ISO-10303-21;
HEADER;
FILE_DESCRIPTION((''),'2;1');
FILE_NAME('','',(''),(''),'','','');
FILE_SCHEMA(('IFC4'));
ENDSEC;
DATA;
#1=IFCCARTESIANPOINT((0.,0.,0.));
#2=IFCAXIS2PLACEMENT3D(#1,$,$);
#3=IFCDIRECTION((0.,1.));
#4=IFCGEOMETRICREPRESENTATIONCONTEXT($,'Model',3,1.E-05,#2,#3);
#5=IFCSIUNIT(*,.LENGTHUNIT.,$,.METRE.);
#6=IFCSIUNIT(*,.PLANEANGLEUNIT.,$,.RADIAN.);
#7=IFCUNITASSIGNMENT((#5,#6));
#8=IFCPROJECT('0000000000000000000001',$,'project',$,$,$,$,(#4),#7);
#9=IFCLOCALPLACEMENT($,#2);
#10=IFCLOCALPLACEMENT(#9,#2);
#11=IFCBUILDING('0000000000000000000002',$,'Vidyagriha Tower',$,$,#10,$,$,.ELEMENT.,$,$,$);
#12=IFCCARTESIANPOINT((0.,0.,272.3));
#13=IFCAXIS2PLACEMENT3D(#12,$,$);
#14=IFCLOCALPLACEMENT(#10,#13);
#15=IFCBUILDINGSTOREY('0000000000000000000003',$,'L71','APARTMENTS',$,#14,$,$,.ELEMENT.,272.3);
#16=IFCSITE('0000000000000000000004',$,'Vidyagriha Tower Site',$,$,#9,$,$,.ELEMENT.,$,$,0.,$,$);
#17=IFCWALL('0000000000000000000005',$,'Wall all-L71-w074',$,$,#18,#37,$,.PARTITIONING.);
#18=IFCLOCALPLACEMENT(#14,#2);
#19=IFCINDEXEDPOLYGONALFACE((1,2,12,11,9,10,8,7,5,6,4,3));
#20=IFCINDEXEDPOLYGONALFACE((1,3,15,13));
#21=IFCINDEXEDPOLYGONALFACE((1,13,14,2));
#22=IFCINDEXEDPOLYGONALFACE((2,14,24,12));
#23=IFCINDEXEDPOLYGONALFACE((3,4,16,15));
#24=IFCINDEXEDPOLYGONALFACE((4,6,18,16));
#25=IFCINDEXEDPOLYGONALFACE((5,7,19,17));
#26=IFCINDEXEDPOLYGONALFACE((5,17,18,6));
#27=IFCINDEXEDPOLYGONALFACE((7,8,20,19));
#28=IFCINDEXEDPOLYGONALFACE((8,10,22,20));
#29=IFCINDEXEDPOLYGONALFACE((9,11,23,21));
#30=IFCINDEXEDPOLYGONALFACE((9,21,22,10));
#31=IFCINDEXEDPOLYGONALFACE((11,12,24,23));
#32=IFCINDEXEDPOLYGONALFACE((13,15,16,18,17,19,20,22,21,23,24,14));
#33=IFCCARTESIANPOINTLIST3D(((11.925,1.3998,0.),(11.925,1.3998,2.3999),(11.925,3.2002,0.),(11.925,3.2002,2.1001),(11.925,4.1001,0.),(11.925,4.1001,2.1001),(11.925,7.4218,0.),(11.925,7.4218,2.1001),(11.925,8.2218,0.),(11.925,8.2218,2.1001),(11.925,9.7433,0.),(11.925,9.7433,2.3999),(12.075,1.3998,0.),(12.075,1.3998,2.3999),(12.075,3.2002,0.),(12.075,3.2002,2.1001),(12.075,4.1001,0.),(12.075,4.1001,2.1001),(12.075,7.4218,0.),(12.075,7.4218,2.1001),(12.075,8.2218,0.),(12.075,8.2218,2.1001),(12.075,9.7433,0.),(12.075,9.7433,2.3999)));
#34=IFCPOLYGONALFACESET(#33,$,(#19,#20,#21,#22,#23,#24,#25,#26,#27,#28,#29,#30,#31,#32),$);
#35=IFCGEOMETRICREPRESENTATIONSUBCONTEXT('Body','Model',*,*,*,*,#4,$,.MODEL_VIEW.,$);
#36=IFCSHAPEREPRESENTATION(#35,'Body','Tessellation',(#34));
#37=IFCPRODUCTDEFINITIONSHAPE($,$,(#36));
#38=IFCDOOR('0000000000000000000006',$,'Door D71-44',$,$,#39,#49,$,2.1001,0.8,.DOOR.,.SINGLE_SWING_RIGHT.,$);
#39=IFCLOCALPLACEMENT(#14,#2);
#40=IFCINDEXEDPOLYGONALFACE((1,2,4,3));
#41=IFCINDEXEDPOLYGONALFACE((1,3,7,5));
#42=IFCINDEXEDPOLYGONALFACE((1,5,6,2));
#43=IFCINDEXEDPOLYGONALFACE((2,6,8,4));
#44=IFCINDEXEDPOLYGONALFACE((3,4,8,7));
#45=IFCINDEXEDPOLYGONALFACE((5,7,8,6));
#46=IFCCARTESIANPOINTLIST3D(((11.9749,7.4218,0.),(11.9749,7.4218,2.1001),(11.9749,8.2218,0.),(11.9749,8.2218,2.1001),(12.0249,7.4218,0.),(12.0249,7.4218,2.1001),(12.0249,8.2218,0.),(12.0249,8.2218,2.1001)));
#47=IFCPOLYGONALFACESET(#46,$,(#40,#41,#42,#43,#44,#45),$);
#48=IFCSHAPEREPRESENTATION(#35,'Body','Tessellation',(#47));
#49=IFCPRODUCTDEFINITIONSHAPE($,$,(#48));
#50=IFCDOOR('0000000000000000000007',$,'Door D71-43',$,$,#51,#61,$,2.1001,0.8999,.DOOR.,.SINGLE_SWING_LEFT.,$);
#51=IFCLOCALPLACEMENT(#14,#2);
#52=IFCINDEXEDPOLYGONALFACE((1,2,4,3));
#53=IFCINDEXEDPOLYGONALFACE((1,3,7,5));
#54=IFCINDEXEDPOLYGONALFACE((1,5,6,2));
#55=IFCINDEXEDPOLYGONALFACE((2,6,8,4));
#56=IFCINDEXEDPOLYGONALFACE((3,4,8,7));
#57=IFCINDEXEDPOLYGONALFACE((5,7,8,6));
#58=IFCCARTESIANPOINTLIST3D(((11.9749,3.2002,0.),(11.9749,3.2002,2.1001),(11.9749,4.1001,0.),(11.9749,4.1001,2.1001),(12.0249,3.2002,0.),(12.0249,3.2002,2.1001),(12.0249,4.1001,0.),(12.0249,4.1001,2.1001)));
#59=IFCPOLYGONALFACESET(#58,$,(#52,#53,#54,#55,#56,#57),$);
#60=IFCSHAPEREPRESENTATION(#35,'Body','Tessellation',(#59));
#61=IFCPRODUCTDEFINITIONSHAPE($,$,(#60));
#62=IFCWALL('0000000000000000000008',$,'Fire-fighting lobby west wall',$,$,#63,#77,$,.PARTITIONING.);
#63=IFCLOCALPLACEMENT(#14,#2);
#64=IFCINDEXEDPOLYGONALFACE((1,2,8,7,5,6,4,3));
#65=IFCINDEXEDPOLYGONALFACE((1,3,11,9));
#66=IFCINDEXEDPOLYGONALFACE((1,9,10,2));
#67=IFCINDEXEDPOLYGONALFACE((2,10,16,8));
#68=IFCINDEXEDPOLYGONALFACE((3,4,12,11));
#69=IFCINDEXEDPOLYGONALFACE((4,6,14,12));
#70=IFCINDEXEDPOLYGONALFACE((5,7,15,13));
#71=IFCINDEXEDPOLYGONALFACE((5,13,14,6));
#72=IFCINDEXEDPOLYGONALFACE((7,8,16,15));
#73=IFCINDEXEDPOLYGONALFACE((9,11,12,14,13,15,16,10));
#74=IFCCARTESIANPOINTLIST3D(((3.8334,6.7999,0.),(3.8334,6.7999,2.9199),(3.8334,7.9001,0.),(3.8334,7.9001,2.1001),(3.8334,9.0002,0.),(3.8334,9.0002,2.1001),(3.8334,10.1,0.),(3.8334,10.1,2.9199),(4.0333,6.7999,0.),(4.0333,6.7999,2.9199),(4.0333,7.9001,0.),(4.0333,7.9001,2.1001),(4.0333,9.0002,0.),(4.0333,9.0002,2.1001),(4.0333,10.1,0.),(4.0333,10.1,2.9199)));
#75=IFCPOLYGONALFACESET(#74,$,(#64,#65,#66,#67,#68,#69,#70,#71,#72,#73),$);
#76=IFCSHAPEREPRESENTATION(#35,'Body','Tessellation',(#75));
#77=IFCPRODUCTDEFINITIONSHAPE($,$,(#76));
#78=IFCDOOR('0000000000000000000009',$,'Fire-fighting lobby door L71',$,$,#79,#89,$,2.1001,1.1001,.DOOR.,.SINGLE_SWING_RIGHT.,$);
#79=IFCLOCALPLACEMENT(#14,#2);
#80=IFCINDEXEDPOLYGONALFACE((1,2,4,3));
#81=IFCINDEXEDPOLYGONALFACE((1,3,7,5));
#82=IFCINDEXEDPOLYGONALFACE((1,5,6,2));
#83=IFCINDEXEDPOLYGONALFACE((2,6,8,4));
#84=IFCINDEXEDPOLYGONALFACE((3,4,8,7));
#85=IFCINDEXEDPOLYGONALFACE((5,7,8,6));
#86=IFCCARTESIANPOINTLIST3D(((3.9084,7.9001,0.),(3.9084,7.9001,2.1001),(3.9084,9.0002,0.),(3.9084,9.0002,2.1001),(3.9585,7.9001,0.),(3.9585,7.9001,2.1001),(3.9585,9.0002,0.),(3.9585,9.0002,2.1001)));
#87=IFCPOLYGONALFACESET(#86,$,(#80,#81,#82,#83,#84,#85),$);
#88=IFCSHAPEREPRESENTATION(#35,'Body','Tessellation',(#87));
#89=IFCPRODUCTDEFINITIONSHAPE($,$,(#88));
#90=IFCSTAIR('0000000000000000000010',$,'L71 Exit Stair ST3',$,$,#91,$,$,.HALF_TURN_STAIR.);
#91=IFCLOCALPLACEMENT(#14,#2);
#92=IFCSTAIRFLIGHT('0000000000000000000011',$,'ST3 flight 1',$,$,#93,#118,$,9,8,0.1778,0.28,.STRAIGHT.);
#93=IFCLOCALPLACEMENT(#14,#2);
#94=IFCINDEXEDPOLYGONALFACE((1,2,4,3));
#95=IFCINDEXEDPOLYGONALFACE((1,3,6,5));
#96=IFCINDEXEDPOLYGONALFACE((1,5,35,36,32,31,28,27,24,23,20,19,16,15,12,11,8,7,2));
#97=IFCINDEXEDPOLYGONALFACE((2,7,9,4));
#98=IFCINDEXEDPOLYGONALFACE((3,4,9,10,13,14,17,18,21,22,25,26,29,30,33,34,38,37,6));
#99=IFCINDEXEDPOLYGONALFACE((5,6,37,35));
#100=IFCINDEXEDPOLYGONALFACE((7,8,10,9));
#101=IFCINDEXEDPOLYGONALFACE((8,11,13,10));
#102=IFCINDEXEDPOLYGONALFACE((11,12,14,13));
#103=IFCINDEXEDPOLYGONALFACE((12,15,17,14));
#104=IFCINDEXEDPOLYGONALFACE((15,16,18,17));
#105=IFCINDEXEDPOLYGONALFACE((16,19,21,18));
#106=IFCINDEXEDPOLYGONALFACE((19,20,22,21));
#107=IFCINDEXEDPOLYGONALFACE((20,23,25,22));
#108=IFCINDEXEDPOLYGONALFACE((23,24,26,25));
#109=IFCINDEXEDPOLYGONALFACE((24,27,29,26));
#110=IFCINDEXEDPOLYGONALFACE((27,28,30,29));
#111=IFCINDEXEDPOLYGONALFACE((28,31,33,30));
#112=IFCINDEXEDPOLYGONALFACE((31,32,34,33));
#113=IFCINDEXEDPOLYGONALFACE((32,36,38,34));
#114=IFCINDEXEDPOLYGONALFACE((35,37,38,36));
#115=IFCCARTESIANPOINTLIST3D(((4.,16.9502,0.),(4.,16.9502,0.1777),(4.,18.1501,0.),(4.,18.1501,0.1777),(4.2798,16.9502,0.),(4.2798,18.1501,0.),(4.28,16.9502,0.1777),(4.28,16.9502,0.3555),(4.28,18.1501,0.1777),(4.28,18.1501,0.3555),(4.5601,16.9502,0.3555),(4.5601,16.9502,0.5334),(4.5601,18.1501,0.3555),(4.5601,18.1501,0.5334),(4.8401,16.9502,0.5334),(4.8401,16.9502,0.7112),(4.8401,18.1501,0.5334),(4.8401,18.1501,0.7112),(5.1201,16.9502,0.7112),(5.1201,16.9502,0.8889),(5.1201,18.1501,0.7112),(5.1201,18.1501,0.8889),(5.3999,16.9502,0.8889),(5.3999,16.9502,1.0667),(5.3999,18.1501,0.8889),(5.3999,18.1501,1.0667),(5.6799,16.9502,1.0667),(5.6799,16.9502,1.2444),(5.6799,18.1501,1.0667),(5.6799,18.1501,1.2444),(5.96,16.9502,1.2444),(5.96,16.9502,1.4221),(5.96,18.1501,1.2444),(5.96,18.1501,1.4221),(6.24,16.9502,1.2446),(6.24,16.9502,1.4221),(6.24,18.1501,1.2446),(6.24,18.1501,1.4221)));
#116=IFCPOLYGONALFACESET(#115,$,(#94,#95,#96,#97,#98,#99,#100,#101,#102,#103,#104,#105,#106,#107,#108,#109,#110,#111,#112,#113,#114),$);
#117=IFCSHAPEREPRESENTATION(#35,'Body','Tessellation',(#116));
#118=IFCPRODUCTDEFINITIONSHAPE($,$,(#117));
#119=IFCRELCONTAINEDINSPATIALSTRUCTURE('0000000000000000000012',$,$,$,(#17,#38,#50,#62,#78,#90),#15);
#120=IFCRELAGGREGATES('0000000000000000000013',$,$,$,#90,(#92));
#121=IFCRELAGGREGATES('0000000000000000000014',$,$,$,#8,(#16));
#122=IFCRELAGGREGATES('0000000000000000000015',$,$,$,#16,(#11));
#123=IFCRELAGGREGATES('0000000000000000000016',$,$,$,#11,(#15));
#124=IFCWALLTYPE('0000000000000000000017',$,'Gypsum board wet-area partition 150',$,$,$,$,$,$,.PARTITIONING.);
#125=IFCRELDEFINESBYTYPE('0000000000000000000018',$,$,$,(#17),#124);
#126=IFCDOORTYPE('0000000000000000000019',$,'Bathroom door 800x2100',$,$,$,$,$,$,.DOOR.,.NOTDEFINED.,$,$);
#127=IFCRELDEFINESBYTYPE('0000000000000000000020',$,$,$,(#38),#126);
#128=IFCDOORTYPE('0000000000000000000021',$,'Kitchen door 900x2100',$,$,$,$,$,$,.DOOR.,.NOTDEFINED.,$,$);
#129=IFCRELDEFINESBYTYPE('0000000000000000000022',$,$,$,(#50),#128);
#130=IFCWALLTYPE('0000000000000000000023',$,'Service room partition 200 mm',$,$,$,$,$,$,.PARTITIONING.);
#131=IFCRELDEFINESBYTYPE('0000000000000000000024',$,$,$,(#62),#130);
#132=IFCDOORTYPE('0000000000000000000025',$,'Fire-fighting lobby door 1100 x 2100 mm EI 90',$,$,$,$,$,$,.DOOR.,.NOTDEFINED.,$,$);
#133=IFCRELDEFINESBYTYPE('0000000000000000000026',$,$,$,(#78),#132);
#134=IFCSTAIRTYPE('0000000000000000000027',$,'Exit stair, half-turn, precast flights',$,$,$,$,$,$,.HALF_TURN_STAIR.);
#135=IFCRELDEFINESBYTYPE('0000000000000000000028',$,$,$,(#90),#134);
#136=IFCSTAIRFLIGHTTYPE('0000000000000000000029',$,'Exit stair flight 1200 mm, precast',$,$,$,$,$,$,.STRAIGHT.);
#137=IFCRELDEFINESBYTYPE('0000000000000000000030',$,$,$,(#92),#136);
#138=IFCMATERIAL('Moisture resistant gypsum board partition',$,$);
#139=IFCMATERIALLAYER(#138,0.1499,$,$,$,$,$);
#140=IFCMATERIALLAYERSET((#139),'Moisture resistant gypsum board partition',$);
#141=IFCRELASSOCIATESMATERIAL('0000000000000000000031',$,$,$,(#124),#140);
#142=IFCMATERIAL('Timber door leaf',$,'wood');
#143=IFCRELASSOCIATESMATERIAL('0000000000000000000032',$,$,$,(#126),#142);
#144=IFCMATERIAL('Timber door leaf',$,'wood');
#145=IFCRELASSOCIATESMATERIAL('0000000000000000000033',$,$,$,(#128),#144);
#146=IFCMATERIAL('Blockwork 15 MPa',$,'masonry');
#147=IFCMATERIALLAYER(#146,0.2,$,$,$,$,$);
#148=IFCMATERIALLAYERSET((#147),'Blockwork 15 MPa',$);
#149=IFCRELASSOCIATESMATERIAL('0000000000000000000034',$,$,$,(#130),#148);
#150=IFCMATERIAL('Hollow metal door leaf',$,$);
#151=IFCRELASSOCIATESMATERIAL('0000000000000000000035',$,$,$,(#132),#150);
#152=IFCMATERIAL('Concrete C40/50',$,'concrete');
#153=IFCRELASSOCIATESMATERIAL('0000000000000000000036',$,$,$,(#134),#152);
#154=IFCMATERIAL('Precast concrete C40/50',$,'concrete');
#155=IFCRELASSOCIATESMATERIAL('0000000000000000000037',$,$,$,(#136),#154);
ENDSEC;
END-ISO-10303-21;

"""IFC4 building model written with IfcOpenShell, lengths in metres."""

from ifc_helpers import new_model, si_unit, direction, frame, frame_2d, origin, place, context, subcontext, project, spatial, polyline, rectangle, outline, extrude, material, layer, layer_set, type_object, element, fill, aggregate, save


model = new_model("IFC4")

# Units and contexts
model_context = context("Model", 3, precision=1e-05, world=origin(), true_north=direction((0.0, 1.0)))
body_context = subcontext(model_context, "Body", "Model", "MODEL_VIEW")
ifc_project = project(units=[si_unit("LENGTHUNIT", "METRE"), si_unit("PLANEANGLEUNIT", "RADIAN")], contexts=[model_context])

# Site, building, storey
site_placement = place(None, origin())
site = spatial("IfcSite", under=ifc_project, at=site_placement, Name="Vidyagriha Tower Site", CompositionType="ELEMENT", RefElevation=0.0)
building_placement = place(site_placement, origin())
building = spatial("IfcBuilding", under=site, at=building_placement, Name="Vidyagriha Tower", CompositionType="ELEMENT")
storey_placement = place(building_placement, frame((0.0, 0.0, 272.3)))
storey = spatial("IfcBuildingStorey", under=building, at=storey_placement, Name="L71", Description="APARTMENTS", CompositionType="ELEMENT", Elevation=272.3)

# Wall, openings, doors
ifc_material_1 = material(Name="Moisture resistant gypsum board partition")
ifc_layer_1 = layer(ifc_material_1, 0.1499)
ifc_layer_set_1 = layer_set([ifc_layer_1], Name="Moisture resistant gypsum board partition")
wall_type_1 = type_object("IfcWallType", Name="Gypsum board wet-area partition 150", PredefinedType="PARTITIONING", material=ifc_layer_set_1)
wall_1_placement = place(storey_placement, frame((12.0, 9.7434, 0.0), z_axis=(0.0, 0.0, 1.0), x_axis=(0.0, -1.0, 0.0)))
wall_1 = element("IfcWall", 1, at=wall_1_placement, inside=storey, type_object=wall_type_1, Name="Wall all-L71-w074", PredefinedType="PARTITIONING", context=body_context, shape_type="SweptSolid", body=[
    extrude(rectangle(XDim=8.3435, YDim=0.1499, at=frame_2d((4.1719, 0.0))), origin(), (0.0, 0.0, 1.0), 2.3999),
])
opening_1_placement = place(wall_1_placement, frame((5.6433, 0.0, 0.0)))
opening_1 = element("IfcOpeningElement", 2, at=opening_1_placement, cuts=wall_1, PredefinedType="OPENING", context=body_context, shape_type="SweptSolid", body=[
    extrude(rectangle(XDim=0.8999, YDim=2.1001, at=frame_2d((0.45, 1.05))), frame((0.0, 0.085, 0.0), z_axis=(0.0, -1.0, 0.0), x_axis=(1.0, 0.0, 0.0)), (0.0, 0.0, 1.0), 0.1699),
])
opening_2_placement = place(wall_1_placement, frame((1.5217, 0.0, 0.0)))
opening_2 = element("IfcOpeningElement", 3, at=opening_2_placement, cuts=wall_1, PredefinedType="OPENING", context=body_context, shape_type="SweptSolid", body=[
    extrude(rectangle(XDim=0.8, YDim=2.1001, at=frame_2d((0.3999, 1.05))), frame((0.0, 0.085, 0.0), z_axis=(0.0, -1.0, 0.0), x_axis=(1.0, 0.0, 0.0)), (0.0, 0.0, 1.0), 0.1699),
])
ifc_material_2 = material(Name="Timber door leaf", Category="wood")
door_type_1 = type_object("IfcDoorType", Name="Bathroom door 800x2100", OperationType="NOTDEFINED", PredefinedType="DOOR", material=ifc_material_2)
door_1_placement = place(opening_2_placement, origin())
door_1 = element("IfcDoor", 4, at=door_1_placement, inside=storey, type_object=door_type_1, Name="Door D71-44", OperationType="SINGLE_SWING_RIGHT", OverallHeight=2.1001, OverallWidth=0.8, PredefinedType="DOOR", context=body_context, shape_type="SweptSolid", body=[
    extrude(rectangle(XDim=0.8, YDim=2.1001, at=frame_2d((0.3999, 1.05))), frame((0.0, 0.0249, 0.0), z_axis=(0.0, -1.0, 0.0), x_axis=(1.0, 0.0, 0.0)), (0.0, 0.0, 1.0), 0.05),
])
fill(opening_2, door_1)
ifc_material_3 = material(Name="Timber door leaf", Category="wood")
door_type_2 = type_object("IfcDoorType", Name="Kitchen door 900x2100", OperationType="NOTDEFINED", PredefinedType="DOOR", material=ifc_material_3)
door_2_placement = place(opening_1_placement, origin())
door_2 = element("IfcDoor", 5, at=door_2_placement, inside=storey, type_object=door_type_2, Name="Door D71-43", OperationType="SINGLE_SWING_LEFT", OverallHeight=2.1001, OverallWidth=0.8999, PredefinedType="DOOR", context=body_context, shape_type="SweptSolid", body=[
    extrude(rectangle(XDim=0.8999, YDim=2.1001, at=frame_2d((0.45, 1.05))), frame((0.0, 0.0249, 0.0), z_axis=(0.0, -1.0, 0.0), x_axis=(1.0, 0.0, 0.0)), (0.0, 0.0, 1.0), 0.05),
])
fill(opening_1, door_2)

# Wall, opening, door
ifc_material_4 = material(Name="Blockwork 15 MPa", Category="masonry")
ifc_layer_2 = layer(ifc_material_4, 0.2)
ifc_layer_set_2 = layer_set([ifc_layer_2], Name="Blockwork 15 MPa")
wall_type_2 = type_object("IfcWallType", Name="Service room partition 200 mm", PredefinedType="PARTITIONING", material=ifc_layer_set_2)
wall_2_placement = place(storey_placement, frame((3.9333, 6.8, 0.0), z_axis=(0.0, 0.0, 1.0), x_axis=(0.0, 1.0, 0.0)))
wall_2 = element("IfcWall", 6, at=wall_2_placement, inside=storey, type_object=wall_type_2, Name="Fire-fighting lobby west wall", PredefinedType="PARTITIONING", context=body_context, shape_type="SweptSolid", body=[
    extrude(rectangle(XDim=3.3, YDim=0.2, at=frame_2d((1.6499, 0.0))), origin(), (0.0, 0.0, 1.0), 2.9199),
])
opening_3_placement = place(wall_2_placement, frame((1.1001, 0.0, 0.0)))
opening_3 = element("IfcOpeningElement", 7, at=opening_3_placement, cuts=wall_2, PredefinedType="OPENING", context=body_context, shape_type="SweptSolid", body=[
    extrude(rectangle(XDim=1.1001, YDim=2.1001, at=frame_2d((0.55, 1.05))), frame((0.0, 0.1099, 0.0), z_axis=(0.0, -1.0, 0.0), x_axis=(1.0, 0.0, 0.0)), (0.0, 0.0, 1.0), 0.22),
])
ifc_material_5 = material(Name="Hollow metal door leaf")
door_type_3 = type_object("IfcDoorType", Name="Fire-fighting lobby door 1100 x 2100 mm EI 90", OperationType="NOTDEFINED", PredefinedType="DOOR", material=ifc_material_5)
door_3_placement = place(opening_3_placement, origin())
door_3 = element("IfcDoor", 8, at=door_3_placement, inside=storey, type_object=door_type_3, Name="Fire-fighting lobby door L71", OperationType="SINGLE_SWING_RIGHT", OverallHeight=2.1001, OverallWidth=1.1001, PredefinedType="DOOR", context=body_context, shape_type="SweptSolid", body=[
    extrude(rectangle(XDim=1.1001, YDim=2.1001, at=frame_2d((0.55, 1.05))), frame((0.0, 0.0249, 0.0), z_axis=(0.0, -1.0, 0.0), x_axis=(1.0, 0.0, 0.0)), (0.0, 0.0, 1.0), 0.05),
])
fill(opening_3, door_3)

# Stair, stair flight
ifc_material_6 = material(Name="Concrete C40/50", Category="concrete")
stair_type = type_object("IfcStairType", Name="Exit stair, half-turn, precast flights", PredefinedType="HALF_TURN_STAIR", material=ifc_material_6)
stair_placement = place(storey_placement, origin())
stair = element("IfcStair", 9, at=stair_placement, inside=storey, type_object=stair_type, Name="L71 Exit Stair ST3", PredefinedType="HALF_TURN_STAIR")
ifc_material_7 = material(Name="Precast concrete C40/50", Category="concrete")
stair_flight_type = type_object("IfcStairFlightType", Name="Exit stair flight 1200 mm, precast", PredefinedType="STRAIGHT", material=ifc_material_7)
stair_flight_placement = place(storey_placement, frame((4.0, 17.55, 0.0)))
stair_flight = element("IfcStairFlight", 10, at=stair_flight_placement, type_object=stair_flight_type, Name="ST3 flight 1", NumberOfRisers=9, NumberOfTreads=8, PredefinedType="STRAIGHT", RiserHeight=0.1778, TreadLength=0.28, context=body_context, shape_type="SweptSolid", body=[
    extrude(outline(polyline([(0.0, 0.0), (0.0, 0.1777), (0.28, 0.1777), (0.28, 0.3555), (0.5601, 0.3555), (0.5601, 0.5334), (0.8401, 0.5334), (0.8401, 0.7112), (1.1201, 0.7112), (1.1201, 0.8889), (1.3999, 0.8889), (1.3999, 1.0667), (1.6799, 1.0667), (1.6799, 1.2444), (1.96, 1.2444), (1.96, 1.4221), (2.24, 1.4221), (2.24, 1.6001), (2.24, 1.2446), (0.2798, 0.0), (0.0, 0.0)])), frame((0.0, 0.6001, 0.0), z_axis=(0.0, -1.0, 0.0), x_axis=(1.0, 0.0, 0.0)), (0.0, 0.0, 1.0), 1.2),
])
aggregate(stair, [stair_flight])

save(model, "model.ifc")
